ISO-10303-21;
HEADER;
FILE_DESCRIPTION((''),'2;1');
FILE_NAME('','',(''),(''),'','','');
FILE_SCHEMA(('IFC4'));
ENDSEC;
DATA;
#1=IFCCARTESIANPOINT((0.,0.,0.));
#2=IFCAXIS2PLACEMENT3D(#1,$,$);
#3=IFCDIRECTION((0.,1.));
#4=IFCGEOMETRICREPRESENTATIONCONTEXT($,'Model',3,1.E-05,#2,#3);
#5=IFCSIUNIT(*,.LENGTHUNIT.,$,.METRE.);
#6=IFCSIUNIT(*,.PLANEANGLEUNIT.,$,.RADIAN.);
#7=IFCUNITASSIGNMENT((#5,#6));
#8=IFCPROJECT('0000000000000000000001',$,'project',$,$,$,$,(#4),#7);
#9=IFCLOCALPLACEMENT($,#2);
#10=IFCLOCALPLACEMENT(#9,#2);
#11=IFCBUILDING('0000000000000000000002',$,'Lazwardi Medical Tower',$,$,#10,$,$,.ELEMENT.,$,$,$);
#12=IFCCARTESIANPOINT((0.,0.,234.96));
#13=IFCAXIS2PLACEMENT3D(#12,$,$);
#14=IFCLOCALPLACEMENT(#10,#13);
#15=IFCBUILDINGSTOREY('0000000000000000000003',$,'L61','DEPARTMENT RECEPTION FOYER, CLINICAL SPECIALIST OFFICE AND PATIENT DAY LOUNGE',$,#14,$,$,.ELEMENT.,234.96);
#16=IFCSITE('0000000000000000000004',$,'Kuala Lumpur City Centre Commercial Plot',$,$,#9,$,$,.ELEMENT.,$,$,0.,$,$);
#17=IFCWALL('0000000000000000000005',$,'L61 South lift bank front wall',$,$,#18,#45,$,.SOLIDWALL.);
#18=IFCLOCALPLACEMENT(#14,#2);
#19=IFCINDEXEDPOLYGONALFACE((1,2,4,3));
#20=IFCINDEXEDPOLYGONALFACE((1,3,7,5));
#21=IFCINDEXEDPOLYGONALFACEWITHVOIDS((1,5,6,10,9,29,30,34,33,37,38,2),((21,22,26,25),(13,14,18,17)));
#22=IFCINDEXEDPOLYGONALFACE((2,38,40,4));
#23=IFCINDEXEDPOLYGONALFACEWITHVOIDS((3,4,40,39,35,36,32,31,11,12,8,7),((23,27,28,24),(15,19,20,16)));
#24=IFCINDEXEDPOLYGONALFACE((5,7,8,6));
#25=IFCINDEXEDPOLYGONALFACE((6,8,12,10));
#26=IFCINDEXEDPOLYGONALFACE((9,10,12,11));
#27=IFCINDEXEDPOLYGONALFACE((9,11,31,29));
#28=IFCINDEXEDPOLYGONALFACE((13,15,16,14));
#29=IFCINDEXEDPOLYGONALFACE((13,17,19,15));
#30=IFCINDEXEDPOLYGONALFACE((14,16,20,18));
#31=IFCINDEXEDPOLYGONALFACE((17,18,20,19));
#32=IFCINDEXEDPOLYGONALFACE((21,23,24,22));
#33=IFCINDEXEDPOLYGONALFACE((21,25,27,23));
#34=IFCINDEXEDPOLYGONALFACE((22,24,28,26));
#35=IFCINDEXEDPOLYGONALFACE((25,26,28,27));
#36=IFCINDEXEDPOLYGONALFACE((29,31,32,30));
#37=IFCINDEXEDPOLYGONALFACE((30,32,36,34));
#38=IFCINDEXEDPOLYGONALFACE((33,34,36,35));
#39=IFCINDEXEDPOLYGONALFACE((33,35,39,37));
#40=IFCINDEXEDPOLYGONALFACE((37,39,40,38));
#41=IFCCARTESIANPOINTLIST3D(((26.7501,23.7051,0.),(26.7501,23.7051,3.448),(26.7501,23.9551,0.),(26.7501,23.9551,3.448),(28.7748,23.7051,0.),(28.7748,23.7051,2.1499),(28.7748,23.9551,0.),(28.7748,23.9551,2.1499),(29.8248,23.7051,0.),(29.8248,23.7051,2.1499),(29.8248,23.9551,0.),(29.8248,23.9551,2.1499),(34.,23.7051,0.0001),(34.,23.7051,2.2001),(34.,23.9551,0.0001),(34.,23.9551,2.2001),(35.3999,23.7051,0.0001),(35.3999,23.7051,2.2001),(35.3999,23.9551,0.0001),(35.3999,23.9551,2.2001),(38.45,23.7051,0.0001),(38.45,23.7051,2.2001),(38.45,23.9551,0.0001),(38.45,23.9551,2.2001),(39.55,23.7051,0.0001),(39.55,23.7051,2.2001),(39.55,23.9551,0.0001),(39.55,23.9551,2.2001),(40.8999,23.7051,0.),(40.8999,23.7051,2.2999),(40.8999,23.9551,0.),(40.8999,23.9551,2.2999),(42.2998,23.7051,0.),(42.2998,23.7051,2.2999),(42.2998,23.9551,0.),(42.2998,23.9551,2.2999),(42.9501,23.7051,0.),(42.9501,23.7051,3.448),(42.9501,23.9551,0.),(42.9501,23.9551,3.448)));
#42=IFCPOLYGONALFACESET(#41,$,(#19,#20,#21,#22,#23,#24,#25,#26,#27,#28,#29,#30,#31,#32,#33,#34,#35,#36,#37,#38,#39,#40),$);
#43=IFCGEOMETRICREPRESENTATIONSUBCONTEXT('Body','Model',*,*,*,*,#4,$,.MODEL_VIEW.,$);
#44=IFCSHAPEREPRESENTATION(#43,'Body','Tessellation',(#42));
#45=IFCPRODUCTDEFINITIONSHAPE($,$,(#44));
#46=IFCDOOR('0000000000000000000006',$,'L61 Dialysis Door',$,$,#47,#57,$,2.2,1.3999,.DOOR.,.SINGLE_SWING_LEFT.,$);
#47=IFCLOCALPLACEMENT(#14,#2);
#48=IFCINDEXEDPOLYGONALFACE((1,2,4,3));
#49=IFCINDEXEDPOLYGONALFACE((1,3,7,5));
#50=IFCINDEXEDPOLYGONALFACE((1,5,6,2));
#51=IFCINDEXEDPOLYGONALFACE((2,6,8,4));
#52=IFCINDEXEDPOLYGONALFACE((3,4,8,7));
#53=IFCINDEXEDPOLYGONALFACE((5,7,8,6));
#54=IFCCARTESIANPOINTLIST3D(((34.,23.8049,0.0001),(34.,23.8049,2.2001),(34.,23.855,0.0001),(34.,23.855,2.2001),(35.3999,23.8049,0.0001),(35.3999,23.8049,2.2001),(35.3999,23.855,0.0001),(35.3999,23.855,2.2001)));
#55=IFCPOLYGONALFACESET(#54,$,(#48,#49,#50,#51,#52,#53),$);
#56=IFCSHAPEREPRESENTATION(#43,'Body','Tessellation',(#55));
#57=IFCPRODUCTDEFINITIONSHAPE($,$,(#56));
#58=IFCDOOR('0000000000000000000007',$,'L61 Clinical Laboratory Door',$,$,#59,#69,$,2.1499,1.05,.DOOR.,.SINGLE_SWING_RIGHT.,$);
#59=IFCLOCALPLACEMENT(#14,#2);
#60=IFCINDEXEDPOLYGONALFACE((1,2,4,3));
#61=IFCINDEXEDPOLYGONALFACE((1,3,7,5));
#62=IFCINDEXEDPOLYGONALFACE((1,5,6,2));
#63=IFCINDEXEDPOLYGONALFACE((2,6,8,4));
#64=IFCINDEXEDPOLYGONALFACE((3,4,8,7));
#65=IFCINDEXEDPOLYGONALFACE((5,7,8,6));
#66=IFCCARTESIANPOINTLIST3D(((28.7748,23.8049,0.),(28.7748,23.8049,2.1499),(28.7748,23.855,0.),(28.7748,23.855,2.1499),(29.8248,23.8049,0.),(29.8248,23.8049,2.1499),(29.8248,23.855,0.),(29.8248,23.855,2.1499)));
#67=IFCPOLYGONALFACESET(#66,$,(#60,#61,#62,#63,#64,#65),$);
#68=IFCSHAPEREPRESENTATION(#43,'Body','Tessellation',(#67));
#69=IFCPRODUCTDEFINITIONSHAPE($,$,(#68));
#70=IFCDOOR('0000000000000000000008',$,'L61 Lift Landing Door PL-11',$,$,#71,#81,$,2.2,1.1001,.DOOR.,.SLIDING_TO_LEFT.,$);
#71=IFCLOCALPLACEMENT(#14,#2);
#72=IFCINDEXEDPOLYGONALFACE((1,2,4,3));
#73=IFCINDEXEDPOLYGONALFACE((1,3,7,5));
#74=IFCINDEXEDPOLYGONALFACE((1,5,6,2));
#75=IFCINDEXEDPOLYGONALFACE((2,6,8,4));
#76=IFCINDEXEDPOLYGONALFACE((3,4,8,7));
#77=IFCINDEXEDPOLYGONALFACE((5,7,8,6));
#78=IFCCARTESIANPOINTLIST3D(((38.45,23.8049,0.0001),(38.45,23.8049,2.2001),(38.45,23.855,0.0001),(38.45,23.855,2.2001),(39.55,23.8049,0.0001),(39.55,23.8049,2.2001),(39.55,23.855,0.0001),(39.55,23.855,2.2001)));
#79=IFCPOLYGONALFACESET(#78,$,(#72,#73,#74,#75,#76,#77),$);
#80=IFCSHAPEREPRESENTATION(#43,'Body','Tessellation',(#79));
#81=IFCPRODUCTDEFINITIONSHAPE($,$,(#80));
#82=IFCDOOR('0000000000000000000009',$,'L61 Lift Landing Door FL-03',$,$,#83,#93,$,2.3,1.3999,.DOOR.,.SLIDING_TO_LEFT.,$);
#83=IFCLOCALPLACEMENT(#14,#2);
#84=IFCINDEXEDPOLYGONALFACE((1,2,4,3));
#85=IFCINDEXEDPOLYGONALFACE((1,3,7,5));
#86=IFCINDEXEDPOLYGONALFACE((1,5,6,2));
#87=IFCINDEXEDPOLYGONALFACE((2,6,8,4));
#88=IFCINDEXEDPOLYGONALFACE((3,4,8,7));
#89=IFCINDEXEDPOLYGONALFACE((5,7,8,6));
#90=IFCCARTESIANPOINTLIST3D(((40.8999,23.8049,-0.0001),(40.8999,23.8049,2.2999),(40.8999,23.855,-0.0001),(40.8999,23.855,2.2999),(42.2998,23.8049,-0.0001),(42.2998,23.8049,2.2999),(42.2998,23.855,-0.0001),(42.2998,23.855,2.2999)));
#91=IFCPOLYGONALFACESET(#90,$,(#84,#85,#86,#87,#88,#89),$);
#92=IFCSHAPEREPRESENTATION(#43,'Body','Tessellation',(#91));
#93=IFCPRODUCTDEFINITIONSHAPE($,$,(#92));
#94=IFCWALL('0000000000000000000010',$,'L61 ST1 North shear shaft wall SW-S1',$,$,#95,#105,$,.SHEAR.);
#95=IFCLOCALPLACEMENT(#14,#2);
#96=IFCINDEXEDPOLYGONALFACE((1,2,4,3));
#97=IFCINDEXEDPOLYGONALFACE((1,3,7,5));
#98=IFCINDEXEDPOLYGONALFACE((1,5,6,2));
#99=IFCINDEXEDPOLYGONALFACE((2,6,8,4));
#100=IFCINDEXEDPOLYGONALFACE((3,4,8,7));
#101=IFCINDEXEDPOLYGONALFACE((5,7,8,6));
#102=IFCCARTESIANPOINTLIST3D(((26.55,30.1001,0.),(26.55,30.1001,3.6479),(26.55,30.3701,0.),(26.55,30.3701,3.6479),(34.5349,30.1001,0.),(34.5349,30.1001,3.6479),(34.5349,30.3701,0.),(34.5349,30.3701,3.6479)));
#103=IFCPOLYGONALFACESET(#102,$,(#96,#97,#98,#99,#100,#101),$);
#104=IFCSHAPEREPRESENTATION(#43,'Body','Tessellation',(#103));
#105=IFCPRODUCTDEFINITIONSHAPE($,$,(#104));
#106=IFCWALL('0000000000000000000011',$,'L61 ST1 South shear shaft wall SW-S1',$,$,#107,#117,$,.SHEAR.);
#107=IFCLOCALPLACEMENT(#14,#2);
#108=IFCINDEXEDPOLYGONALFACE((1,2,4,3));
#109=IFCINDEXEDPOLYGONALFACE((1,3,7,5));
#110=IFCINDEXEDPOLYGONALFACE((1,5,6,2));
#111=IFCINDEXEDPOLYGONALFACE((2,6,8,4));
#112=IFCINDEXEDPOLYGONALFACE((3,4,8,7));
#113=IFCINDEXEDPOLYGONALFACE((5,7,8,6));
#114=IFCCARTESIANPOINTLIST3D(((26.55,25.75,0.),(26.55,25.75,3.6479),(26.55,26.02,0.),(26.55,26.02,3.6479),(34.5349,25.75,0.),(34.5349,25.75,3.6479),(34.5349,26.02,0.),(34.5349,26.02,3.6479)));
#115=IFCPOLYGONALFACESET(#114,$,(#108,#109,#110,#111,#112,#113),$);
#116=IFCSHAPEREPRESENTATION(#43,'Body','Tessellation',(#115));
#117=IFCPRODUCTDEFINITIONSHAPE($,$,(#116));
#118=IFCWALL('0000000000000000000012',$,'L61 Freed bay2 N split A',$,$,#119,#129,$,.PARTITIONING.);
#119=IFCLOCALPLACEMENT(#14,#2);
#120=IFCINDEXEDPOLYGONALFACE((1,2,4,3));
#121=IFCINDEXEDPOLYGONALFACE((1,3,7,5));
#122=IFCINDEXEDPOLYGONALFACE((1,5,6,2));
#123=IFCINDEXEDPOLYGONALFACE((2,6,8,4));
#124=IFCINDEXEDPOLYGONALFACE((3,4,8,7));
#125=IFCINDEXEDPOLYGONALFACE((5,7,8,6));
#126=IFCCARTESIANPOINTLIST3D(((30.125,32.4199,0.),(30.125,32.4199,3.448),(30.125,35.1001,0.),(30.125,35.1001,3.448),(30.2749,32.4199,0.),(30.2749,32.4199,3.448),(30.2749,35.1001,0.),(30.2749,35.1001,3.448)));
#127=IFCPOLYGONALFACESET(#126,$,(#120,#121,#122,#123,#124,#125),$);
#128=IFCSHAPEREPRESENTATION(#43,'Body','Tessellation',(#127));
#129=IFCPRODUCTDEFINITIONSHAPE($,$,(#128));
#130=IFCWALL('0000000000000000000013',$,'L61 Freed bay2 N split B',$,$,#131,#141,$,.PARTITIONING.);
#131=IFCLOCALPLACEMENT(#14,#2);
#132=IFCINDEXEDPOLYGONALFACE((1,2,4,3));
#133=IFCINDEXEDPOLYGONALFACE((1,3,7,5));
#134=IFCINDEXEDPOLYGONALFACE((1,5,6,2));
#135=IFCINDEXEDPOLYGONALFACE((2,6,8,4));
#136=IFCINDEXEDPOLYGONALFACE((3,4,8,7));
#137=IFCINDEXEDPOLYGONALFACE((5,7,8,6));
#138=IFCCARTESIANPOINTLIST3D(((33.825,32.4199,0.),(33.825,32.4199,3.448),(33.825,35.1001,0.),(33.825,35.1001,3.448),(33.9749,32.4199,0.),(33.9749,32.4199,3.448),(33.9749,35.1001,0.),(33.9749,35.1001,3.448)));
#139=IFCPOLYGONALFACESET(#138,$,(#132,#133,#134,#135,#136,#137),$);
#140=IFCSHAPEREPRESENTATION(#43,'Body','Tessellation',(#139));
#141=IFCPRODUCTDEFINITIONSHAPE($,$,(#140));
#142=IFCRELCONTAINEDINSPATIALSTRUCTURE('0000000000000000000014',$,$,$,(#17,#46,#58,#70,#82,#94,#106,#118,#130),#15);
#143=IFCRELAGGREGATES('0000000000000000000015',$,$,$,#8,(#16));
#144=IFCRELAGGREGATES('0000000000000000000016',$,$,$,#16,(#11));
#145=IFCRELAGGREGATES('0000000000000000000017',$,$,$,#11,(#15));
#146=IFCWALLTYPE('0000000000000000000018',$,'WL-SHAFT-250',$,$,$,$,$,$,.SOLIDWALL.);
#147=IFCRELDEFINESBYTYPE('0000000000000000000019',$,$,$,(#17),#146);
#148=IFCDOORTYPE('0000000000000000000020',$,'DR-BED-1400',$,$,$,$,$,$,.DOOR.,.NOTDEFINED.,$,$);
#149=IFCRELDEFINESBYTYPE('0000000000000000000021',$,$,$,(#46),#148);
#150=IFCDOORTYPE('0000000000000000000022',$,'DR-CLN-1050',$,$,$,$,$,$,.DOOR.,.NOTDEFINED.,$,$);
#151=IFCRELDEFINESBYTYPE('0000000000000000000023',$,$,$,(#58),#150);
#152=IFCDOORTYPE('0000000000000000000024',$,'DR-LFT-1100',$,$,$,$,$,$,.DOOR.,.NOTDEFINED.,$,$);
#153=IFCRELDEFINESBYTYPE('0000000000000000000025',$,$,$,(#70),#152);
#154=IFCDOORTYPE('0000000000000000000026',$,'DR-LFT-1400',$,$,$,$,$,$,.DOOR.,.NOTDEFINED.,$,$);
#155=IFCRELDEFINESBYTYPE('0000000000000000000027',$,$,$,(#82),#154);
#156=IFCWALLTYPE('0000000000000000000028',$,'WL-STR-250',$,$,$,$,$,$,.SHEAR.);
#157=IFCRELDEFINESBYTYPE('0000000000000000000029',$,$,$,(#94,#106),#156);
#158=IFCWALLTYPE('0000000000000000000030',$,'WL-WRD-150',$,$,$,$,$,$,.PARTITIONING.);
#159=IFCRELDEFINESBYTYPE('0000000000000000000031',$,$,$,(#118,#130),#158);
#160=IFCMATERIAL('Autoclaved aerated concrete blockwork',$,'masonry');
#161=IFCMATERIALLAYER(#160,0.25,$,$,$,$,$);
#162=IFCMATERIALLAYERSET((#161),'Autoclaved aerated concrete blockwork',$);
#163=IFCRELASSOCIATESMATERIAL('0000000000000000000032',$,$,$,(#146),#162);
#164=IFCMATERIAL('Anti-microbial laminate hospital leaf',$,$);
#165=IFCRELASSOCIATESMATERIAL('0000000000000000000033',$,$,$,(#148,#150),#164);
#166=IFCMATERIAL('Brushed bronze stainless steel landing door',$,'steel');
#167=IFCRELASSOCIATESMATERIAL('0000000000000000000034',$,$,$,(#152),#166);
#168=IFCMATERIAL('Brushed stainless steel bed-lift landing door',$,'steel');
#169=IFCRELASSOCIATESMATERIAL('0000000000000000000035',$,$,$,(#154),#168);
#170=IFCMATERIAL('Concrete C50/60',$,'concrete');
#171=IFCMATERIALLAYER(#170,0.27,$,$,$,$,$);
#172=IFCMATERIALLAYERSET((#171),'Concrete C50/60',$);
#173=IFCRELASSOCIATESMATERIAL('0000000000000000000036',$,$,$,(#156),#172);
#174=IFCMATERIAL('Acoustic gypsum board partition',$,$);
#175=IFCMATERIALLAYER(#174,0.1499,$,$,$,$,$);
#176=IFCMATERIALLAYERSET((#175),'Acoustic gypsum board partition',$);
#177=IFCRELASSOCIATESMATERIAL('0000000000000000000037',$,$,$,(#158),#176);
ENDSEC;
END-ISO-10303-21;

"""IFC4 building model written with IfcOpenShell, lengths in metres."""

from ifc_helpers import new_model, si_unit, direction, frame, frame_2d, origin, place, context, subcontext, project, spatial, rectangle, extrude, material, layer, layer_set, type_object, element, fill, save


model = new_model("IFC4")

# Units and contexts
model_context = context("Model", 3, precision=1e-05, world=origin(), true_north=direction((0.0, 1.0)))
body_context = subcontext(model_context, "Body", "Model", "MODEL_VIEW")
ifc_project = project(units=[si_unit("LENGTHUNIT", "METRE"), si_unit("PLANEANGLEUNIT", "RADIAN")], contexts=[model_context])

# Site, building, storey
site_placement = place(None, origin())
site = spatial("IfcSite", under=ifc_project, at=site_placement, Name="Kuala Lumpur City Centre Commercial Plot", CompositionType="ELEMENT", RefElevation=0.0)
building_placement = place(site_placement, origin())
building = spatial("IfcBuilding", under=site, at=building_placement, Name="Lazwardi Medical Tower", CompositionType="ELEMENT")
storey_placement = place(building_placement, frame((0.0, 0.0, 234.96)))
storey = spatial("IfcBuildingStorey", under=building, at=storey_placement, Name="L61", Description="DEPARTMENT RECEPTION FOYER, CLINICAL SPECIALIST OFFICE AND PATIENT DAY LOUNGE", CompositionType="ELEMENT", Elevation=234.96)

# Wall, openings, doors
ifc_material_1 = material(Name="Autoclaved aerated concrete blockwork", Category="masonry")
ifc_layer_1 = layer(ifc_material_1, 0.25)
ifc_layer_set_1 = layer_set([ifc_layer_1], Name="Autoclaved aerated concrete blockwork")
wall_type_1 = type_object("IfcWallType", Name="WL-SHAFT-250", PredefinedType="SOLIDWALL", material=ifc_layer_set_1)
wall_1_placement = place(storey_placement, frame((26.75, 23.8301, 0.0), z_axis=(0.0, 0.0, 1.0), x_axis=(1.0, 0.0, 0.0)))
wall_1 = element("IfcWall", 1, at=wall_1_placement, inside=storey, type_object=wall_type_1, Name="L61 South lift bank front wall", PredefinedType="SOLIDWALL", context=body_context, shape_type="SweptSolid", body=[
    extrude(rectangle(XDim=16.2, YDim=0.25, at=frame_2d((8.1001, 0.0))), origin(), (0.0, 0.0, 1.0), 3.448),
])
opening_1_placement = place(wall_1_placement, frame((2.0249, 0.0, 0.0)))
opening_1 = element("IfcOpeningElement", 2, at=opening_1_placement, cuts=wall_1, PredefinedType="OPENING", context=body_context, shape_type="SweptSolid", body=[
    extrude(rectangle(XDim=1.05, YDim=2.1499, at=frame_2d((0.5249, 1.075))), frame((0.0, 0.135, 0.0), z_axis=(0.0, -1.0, 0.0), x_axis=(1.0, 0.0, 0.0)), (0.0, 0.0, 1.0), 0.27),
])
opening_2_placement = place(wall_1_placement, frame((7.25, 0.0, 0.0)))
opening_2 = element("IfcOpeningElement", 3, at=opening_2_placement, cuts=wall_1, PredefinedType="OPENING", context=body_context, shape_type="SweptSolid", body=[
    extrude(rectangle(XDim=1.3999, YDim=2.2, at=frame_2d((0.7, 1.1001))), frame((0.0, 0.135, 0.0), z_axis=(0.0, -1.0, 0.0), x_axis=(1.0, 0.0, 0.0)), (0.0, 0.0, 1.0), 0.27),
])
opening_3_placement = place(wall_1_placement, frame((11.7, 0.0, 0.0)))
opening_3 = element("IfcOpeningElement", 4, at=opening_3_placement, cuts=wall_1, PredefinedType="OPENING", context=body_context, shape_type="SweptSolid", body=[
    extrude(rectangle(XDim=1.1001, YDim=2.2, at=frame_2d((0.55, 1.1001))), frame((0.0, 0.135, 0.0), z_axis=(0.0, -1.0, 0.0), x_axis=(1.0, 0.0, 0.0)), (0.0, 0.0, 1.0), 0.27),
])
opening_4_placement = place(wall_1_placement, frame((14.1499, 0.0, 0.0)))
opening_4 = element("IfcOpeningElement", 5, at=opening_4_placement, cuts=wall_1, PredefinedType="OPENING", context=body_context, shape_type="SweptSolid", body=[
    extrude(rectangle(XDim=1.3999, YDim=2.3, at=frame_2d((0.7, 1.1499))), frame((0.0, 0.135, 0.0), z_axis=(0.0, -1.0, 0.0), x_axis=(1.0, 0.0, 0.0)), (0.0, 0.0, 1.0), 0.27),
])
ifc_material_2 = material(Name="Anti-microbial laminate hospital leaf")
door_type_1 = type_object("IfcDoorType", Name="DR-BED-1400", OperationType="NOTDEFINED", PredefinedType="DOOR", material=ifc_material_2)
door_1_placement = place(opening_2_placement, origin())
door_1 = element("IfcDoor", 6, at=door_1_placement, inside=storey, type_object=door_type_1, Name="L61 Dialysis Door", OperationType="SINGLE_SWING_LEFT", OverallHeight=2.2, OverallWidth=1.3999, PredefinedType="DOOR", context=body_context, shape_type="SweptSolid", body=[
    extrude(rectangle(XDim=1.3999, YDim=2.2, at=frame_2d((0.7, 1.1001))), frame((0.0, 0.0249, 0.0), z_axis=(0.0, -1.0, 0.0), x_axis=(1.0, 0.0, 0.0)), (0.0, 0.0, 1.0), 0.05),
])
fill(opening_2, door_1)
door_type_2 = type_object("IfcDoorType", Name="DR-CLN-1050", OperationType="NOTDEFINED", PredefinedType="DOOR", material=ifc_material_2)
door_2_placement = place(opening_1_placement, origin())
door_2 = element("IfcDoor", 7, at=door_2_placement, inside=storey, type_object=door_type_2, Name="L61 Clinical Laboratory Door", OperationType="SINGLE_SWING_RIGHT", OverallHeight=2.1499, OverallWidth=1.05, PredefinedType="DOOR", context=body_context, shape_type="SweptSolid", body=[
    extrude(rectangle(XDim=1.05, YDim=2.1499, at=frame_2d((0.5249, 1.075))), frame((0.0, 0.0249, 0.0), z_axis=(0.0, -1.0, 0.0), x_axis=(1.0, 0.0, 0.0)), (0.0, 0.0, 1.0), 0.05),
])
fill(opening_1, door_2)
ifc_material_3 = material(Name="Brushed bronze stainless steel landing door", Category="steel")
door_type_3 = type_object("IfcDoorType", Name="DR-LFT-1100", OperationType="NOTDEFINED", PredefinedType="DOOR", material=ifc_material_3)
door_3_placement = place(opening_3_placement, origin())
door_3 = element("IfcDoor", 8, at=door_3_placement, inside=storey, type_object=door_type_3, Name="L61 Lift Landing Door PL-11", OperationType="SLIDING_TO_LEFT", OverallHeight=2.2, OverallWidth=1.1001, PredefinedType="DOOR", context=body_context, shape_type="SweptSolid", body=[
    extrude(rectangle(XDim=1.1001, YDim=2.2, at=frame_2d((0.55, 1.1001))), frame((0.0, 0.0249, 0.0), z_axis=(0.0, -1.0, 0.0), x_axis=(1.0, 0.0, 0.0)), (0.0, 0.0, 1.0), 0.05),
])
fill(opening_3, door_3)
ifc_material_4 = material(Name="Brushed stainless steel bed-lift landing door", Category="steel")
door_type_4 = type_object("IfcDoorType", Name="DR-LFT-1400", OperationType="NOTDEFINED", PredefinedType="DOOR", material=ifc_material_4)
door_4_placement = place(opening_4_placement, origin())
door_4 = element("IfcDoor", 9, at=door_4_placement, inside=storey, type_object=door_type_4, Name="L61 Lift Landing Door FL-03", OperationType="SLIDING_TO_LEFT", OverallHeight=2.3, OverallWidth=1.3999, PredefinedType="DOOR", context=body_context, shape_type="SweptSolid", body=[
    extrude(rectangle(XDim=1.3999, YDim=2.3, at=frame_2d((0.7, 1.1499))), frame((0.0, 0.0249, 0.0), z_axis=(0.0, -1.0, 0.0), x_axis=(1.0, 0.0, 0.0)), (0.0, 0.0, 1.0), 0.05),
])
fill(opening_4, door_4)

# Walls
ifc_material_5 = material(Name="Concrete C50/60", Category="concrete")
ifc_layer_2 = layer(ifc_material_5, 0.27)
ifc_layer_set_2 = layer_set([ifc_layer_2], Name="Concrete C50/60")
wall_type_2 = type_object("IfcWallType", Name="WL-STR-250", PredefinedType="SHEAR", material=ifc_layer_set_2)
for number, where, z_axis, x_axis, name in (
    (10, (26.55, 30.2351, 0.0), (0.0, 0.0, 1.0), (1.0, 0.0, 0.0), "L61 ST1 North shear shaft wall SW-S1"),
    (11, (26.55, 25.885, 0.0), (0.0, 0.0, 1.0), (1.0, 0.0, 0.0), "L61 ST1 South shear shaft wall SW-S1"),
):
    element("IfcWall", number, at=place(storey_placement, frame(where, z_axis=z_axis, x_axis=x_axis)), inside=storey, type_object=wall_type_2, Name=name, PredefinedType="SHEAR", context=body_context, shape_type="SweptSolid", body=[
        extrude(rectangle(XDim=7.9849, YDim=0.27, at=frame_2d((3.9924, 0.0))), origin(), (0.0, 0.0, 1.0), 3.6479),
    ])

# Walls
ifc_material_6 = material(Name="Acoustic gypsum board partition")
ifc_layer_3 = layer(ifc_material_6, 0.1499)
ifc_layer_set_3 = layer_set([ifc_layer_3], Name="Acoustic gypsum board partition")
wall_type_3 = type_object("IfcWallType", Name="WL-WRD-150", PredefinedType="PARTITIONING", material=ifc_layer_set_3)
for number, where, z_axis, x_axis, name in (
    (12, (30.2, 32.4199, 0.0), (0.0, 0.0, 1.0), (0.0, 1.0, 0.0), "L61 Freed bay2 N split A"),
    (13, (33.8999, 32.4199, 0.0), (0.0, 0.0, 1.0), (0.0, 1.0, 0.0), "L61 Freed bay2 N split B"),
):
    element("IfcWall", number, at=place(storey_placement, frame(where, z_axis=z_axis, x_axis=x_axis)), inside=storey, type_object=wall_type_3, Name=name, PredefinedType="PARTITIONING", context=body_context, shape_type="SweptSolid", body=[
        extrude(rectangle(XDim=2.6802, YDim=0.1499, at=frame_2d((1.3401, 0.0))), origin(), (0.0, 0.0, 1.0), 3.448),
    ])

save(model, "model.ifc")
